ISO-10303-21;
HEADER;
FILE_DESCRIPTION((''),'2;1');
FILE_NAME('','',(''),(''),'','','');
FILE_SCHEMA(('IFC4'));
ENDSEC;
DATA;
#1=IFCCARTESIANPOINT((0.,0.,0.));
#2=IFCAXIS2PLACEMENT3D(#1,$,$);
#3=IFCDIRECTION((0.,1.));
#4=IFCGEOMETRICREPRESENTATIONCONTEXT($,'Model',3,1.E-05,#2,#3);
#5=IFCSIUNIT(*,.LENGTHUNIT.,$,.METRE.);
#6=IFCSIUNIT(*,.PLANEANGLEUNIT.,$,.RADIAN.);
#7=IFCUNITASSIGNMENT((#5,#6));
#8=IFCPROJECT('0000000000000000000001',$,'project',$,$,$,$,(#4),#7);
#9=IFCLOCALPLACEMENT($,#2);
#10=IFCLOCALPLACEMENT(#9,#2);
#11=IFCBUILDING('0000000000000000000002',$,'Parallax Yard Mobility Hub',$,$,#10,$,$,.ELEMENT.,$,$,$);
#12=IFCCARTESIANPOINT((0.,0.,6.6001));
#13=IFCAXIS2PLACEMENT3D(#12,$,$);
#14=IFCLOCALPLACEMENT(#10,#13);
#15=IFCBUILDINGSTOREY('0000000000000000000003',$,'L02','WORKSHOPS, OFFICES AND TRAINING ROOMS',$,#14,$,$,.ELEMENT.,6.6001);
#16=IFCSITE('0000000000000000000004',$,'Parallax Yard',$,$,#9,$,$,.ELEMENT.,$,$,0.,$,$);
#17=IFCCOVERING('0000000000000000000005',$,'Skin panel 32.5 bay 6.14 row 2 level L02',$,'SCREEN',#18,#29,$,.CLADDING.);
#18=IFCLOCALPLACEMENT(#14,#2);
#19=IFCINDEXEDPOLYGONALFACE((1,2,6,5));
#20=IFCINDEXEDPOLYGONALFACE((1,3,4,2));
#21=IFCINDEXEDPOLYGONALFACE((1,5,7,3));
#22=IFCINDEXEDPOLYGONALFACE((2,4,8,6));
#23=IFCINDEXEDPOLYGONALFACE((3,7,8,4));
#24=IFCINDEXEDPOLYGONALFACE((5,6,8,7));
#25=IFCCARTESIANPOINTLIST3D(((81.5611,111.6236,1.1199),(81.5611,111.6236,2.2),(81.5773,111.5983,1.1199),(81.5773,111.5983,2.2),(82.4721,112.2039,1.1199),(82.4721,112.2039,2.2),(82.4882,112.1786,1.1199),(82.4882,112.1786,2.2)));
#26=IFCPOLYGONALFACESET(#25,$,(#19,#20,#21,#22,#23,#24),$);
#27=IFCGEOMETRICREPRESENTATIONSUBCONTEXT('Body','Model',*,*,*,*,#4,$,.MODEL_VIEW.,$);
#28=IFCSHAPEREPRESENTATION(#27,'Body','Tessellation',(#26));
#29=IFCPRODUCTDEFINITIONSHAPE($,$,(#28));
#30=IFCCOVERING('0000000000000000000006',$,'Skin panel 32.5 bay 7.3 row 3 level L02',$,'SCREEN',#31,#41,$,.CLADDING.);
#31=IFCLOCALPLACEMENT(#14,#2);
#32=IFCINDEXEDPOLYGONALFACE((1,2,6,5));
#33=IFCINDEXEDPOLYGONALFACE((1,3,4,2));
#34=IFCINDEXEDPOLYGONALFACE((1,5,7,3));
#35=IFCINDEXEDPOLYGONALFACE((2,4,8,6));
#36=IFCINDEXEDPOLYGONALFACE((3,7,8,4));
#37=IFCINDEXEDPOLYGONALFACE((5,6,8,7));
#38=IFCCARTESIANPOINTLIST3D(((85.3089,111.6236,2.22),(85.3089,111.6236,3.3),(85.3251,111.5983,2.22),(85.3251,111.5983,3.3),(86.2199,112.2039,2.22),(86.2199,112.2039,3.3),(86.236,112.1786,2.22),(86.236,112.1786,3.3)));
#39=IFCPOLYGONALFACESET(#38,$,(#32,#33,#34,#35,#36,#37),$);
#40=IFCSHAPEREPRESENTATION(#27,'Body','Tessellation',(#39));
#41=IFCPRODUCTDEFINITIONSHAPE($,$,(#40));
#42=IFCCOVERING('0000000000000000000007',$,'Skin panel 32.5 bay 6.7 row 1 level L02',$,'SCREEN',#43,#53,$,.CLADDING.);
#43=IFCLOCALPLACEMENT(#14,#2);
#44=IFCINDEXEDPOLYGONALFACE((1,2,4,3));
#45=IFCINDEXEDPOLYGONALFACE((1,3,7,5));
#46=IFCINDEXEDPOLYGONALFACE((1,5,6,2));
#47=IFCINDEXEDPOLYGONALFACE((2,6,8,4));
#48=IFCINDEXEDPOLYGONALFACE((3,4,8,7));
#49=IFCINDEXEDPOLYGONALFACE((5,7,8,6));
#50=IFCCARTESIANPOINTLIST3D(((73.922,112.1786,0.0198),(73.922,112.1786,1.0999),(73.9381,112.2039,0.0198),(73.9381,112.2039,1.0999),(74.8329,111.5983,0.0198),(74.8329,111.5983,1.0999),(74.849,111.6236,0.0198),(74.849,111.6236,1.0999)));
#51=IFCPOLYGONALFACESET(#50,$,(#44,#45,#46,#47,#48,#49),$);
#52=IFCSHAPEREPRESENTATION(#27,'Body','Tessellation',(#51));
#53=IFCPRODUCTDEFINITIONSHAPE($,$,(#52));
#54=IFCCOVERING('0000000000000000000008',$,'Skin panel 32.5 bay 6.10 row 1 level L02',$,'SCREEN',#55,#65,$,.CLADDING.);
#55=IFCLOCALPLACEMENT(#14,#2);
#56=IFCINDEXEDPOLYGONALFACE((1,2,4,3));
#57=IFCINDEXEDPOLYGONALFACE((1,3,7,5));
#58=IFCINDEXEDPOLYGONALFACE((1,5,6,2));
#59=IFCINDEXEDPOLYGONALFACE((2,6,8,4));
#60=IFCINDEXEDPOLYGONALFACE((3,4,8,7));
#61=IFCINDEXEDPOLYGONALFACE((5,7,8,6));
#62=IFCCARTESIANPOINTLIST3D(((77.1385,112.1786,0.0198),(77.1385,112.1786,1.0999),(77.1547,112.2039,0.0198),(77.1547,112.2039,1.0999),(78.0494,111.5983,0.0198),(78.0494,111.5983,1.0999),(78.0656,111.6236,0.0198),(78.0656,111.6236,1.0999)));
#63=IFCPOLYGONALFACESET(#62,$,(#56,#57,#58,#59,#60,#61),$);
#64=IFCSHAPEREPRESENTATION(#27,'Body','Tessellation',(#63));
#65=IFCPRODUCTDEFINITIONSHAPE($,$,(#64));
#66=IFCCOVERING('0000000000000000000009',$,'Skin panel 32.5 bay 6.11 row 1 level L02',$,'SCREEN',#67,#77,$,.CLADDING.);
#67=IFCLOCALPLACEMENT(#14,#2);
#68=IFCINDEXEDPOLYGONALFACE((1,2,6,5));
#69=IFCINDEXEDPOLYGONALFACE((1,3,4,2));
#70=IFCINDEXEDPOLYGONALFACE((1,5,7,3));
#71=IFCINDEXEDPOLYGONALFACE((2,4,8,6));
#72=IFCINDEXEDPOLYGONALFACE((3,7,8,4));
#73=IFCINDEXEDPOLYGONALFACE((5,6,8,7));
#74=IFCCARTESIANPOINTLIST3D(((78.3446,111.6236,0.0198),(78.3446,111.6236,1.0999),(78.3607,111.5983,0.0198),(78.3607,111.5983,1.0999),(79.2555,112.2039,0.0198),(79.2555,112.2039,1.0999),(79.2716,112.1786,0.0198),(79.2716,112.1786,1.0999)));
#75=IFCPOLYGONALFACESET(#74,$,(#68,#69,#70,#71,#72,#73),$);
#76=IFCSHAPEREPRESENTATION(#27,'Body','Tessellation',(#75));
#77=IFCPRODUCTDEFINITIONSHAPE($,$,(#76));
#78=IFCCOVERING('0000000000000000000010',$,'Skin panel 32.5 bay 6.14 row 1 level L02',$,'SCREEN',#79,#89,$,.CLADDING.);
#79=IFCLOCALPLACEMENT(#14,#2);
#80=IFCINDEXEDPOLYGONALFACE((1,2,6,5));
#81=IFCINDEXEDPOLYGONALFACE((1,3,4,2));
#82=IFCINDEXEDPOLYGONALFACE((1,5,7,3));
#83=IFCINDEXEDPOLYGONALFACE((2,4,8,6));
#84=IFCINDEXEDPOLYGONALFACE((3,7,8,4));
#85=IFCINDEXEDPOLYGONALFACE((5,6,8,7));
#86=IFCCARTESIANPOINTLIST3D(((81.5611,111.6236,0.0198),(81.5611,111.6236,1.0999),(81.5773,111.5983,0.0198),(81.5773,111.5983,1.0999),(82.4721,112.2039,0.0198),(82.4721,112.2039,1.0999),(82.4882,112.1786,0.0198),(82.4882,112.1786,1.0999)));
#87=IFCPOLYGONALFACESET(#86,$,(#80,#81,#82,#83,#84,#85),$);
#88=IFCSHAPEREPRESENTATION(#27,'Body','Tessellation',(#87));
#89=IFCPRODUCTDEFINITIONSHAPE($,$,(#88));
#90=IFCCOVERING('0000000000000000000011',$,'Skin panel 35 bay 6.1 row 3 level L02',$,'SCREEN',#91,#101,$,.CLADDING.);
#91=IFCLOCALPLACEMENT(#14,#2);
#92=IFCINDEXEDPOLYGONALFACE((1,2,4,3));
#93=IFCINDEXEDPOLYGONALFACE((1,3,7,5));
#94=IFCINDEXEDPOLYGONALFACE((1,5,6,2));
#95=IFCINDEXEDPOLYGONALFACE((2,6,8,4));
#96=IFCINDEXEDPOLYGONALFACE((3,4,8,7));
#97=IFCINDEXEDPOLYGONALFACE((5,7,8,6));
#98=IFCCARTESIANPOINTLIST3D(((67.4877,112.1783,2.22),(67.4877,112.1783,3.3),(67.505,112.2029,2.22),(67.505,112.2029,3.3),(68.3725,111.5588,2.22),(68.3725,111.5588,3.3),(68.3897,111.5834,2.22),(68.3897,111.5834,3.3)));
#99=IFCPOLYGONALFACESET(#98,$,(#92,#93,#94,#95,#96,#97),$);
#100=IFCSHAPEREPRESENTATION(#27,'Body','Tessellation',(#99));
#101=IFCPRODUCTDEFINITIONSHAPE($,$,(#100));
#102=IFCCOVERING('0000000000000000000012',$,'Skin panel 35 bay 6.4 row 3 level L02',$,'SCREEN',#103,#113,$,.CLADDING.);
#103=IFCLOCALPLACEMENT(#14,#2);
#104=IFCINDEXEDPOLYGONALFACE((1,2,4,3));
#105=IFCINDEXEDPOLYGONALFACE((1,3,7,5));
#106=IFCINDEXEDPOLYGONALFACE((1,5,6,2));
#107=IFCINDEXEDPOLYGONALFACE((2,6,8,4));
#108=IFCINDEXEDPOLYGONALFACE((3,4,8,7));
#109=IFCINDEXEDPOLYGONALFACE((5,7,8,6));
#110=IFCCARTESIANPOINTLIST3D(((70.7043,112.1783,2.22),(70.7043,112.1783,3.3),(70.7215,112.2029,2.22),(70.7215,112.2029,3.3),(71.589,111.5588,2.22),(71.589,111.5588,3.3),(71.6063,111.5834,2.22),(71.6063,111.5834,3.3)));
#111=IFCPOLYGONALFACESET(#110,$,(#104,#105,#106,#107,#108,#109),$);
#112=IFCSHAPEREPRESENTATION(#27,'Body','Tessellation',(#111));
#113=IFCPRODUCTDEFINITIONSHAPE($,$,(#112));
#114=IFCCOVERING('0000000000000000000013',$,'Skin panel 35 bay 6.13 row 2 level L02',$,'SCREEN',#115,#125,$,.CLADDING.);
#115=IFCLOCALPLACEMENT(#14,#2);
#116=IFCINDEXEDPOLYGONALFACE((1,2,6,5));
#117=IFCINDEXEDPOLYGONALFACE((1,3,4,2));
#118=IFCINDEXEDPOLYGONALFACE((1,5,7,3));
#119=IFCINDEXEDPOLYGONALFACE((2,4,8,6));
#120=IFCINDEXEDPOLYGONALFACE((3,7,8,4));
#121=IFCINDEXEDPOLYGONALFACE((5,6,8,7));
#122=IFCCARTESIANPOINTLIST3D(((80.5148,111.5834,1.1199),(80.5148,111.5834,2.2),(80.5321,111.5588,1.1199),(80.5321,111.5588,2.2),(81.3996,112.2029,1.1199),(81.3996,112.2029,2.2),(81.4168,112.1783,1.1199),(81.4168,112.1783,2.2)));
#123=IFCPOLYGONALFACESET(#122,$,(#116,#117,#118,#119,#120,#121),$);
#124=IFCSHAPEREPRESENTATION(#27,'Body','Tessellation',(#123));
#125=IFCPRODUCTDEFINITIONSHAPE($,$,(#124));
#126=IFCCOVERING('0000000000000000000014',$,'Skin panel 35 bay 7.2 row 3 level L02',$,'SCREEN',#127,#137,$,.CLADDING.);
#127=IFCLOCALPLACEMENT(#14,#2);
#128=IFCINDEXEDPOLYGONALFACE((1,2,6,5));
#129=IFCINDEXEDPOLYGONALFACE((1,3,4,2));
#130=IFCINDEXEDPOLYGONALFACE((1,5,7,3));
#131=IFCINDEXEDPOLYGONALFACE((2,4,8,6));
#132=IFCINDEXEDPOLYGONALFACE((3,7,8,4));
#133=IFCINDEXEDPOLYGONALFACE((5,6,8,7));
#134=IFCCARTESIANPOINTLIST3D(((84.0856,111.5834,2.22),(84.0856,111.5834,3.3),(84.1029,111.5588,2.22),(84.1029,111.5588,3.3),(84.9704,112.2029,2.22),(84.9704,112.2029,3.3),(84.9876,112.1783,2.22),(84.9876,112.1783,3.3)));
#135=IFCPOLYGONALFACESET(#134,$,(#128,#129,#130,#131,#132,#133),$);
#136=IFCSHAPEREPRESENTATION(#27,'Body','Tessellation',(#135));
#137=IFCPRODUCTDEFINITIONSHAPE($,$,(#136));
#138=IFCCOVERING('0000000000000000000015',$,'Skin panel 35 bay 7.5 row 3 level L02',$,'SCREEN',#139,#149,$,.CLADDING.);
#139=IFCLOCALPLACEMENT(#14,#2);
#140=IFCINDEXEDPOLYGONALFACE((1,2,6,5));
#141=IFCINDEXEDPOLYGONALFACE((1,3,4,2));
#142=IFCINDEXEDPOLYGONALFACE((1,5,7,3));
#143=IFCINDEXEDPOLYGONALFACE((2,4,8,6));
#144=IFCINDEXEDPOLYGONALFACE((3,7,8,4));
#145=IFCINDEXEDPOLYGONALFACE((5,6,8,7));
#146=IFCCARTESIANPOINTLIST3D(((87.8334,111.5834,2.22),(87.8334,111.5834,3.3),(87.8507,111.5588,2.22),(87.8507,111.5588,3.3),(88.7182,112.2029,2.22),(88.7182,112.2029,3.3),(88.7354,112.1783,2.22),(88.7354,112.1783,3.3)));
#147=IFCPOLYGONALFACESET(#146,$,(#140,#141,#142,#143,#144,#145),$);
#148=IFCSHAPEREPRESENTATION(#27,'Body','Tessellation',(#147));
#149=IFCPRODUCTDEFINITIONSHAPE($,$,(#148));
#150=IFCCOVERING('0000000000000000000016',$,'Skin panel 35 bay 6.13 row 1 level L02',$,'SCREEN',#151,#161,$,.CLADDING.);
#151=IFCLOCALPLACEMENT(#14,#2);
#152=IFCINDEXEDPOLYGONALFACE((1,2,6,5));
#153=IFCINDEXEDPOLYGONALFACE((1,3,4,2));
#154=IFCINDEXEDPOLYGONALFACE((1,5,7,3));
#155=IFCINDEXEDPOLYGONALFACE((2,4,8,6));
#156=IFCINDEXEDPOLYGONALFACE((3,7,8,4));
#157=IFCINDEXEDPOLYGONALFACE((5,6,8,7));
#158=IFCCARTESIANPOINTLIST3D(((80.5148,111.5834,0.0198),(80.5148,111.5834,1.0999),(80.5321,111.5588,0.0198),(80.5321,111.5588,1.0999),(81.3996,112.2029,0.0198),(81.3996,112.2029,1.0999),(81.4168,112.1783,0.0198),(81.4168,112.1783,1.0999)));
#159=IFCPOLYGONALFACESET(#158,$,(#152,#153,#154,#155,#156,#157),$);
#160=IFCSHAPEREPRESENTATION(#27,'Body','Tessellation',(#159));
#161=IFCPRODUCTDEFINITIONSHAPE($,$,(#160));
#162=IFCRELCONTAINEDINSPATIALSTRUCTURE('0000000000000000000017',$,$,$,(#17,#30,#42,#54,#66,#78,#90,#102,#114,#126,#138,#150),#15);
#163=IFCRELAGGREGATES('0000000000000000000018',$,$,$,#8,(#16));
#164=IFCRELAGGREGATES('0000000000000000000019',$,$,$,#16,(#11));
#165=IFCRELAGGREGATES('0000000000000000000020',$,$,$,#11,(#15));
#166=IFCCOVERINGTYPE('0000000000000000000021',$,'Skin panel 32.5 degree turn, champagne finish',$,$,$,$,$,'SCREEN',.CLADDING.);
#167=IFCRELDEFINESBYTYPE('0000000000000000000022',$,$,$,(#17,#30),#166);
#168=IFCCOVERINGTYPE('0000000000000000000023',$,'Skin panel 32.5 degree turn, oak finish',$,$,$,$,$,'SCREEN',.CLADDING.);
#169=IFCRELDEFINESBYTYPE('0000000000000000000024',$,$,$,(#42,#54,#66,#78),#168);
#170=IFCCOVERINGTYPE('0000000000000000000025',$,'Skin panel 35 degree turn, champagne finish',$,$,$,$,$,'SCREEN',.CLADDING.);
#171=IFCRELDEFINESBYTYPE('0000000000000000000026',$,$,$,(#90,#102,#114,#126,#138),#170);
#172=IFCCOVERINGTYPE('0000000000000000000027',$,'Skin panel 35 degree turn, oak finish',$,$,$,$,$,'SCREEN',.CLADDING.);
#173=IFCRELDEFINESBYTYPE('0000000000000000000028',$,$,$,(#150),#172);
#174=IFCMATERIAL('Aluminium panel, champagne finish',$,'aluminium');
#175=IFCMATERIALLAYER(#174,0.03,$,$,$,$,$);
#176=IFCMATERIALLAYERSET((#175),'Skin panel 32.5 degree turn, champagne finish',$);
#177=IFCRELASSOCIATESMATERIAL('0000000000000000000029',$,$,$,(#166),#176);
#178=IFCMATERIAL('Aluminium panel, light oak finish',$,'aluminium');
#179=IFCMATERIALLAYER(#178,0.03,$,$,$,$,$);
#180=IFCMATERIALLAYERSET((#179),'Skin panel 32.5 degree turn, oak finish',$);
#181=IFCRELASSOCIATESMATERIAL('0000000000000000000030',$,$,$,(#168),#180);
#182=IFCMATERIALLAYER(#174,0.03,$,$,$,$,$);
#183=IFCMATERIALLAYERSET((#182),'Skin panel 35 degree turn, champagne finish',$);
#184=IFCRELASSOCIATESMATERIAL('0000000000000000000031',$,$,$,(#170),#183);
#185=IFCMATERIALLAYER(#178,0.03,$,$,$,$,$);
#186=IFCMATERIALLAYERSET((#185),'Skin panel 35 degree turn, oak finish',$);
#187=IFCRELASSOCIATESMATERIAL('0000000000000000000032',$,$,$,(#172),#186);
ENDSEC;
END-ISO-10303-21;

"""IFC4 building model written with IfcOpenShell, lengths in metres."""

from ifc_helpers import new_model, si_unit, direction, frame, origin, origin_2d, place, context, subcontext, project, spatial, rectangle, extrude, material, layer, layer_set, type_object, element, save


model = new_model("IFC4")

# Units and contexts
model_context = context("Model", 3, precision=1e-05, world=origin(), true_north=direction((0.0, 1.0)))
body_context = subcontext(model_context, "Body", "Model", "MODEL_VIEW")
ifc_project = project(units=[si_unit("LENGTHUNIT", "METRE"), si_unit("PLANEANGLEUNIT", "RADIAN")], contexts=[model_context])

# Site, building, storey
site_placement = place(None, origin())
site = spatial("IfcSite", under=ifc_project, at=site_placement, Name="Parallax Yard", CompositionType="ELEMENT", RefElevation=0.0)
building_placement = place(site_placement, origin())
building = spatial("IfcBuilding", under=site, at=building_placement, Name="Parallax Yard Mobility Hub", CompositionType="ELEMENT")
storey_placement = place(building_placement, frame((0.0, 0.0, 6.6001)))
storey = spatial("IfcBuildingStorey", under=building, at=storey_placement, Name="L02", Description="WORKSHOPS, OFFICES AND TRAINING ROOMS", CompositionType="ELEMENT", Elevation=6.6001)

# Coverings
ifc_material_1 = material(Name="Aluminium panel, champagne finish", Category="aluminium")
ifc_material_2 = material(Name="Aluminium panel, light oak finish", Category="aluminium")
ifc_layer_1 = layer(ifc_material_1, 0.03)
ifc_layer_set_1 = layer_set([ifc_layer_1], Name="Skin panel 32.5 degree turn, champagne finish")
covering_type_1 = type_object("IfcCoveringType", Name="Skin panel 32.5 degree turn, champagne finish", ElementType="SCREEN", PredefinedType="CLADDING", material=ifc_layer_set_1)
for number, where, z_axis, x_axis, name in (
    (1, (82.0247, 111.9011, 1.1199), (0.0, 0.0, 1.0), (-0.843391, -0.5373, 0.0), "Skin panel 32.5 bay 6.14 row 2 level L02"),
    (2, (85.7725, 111.9011, 2.22), (0.0, 0.0, 1.0), (-0.843391, -0.5373, 0.0), "Skin panel 32.5 bay 7.3 row 3 level L02"),
):
    element("IfcCovering", number, at=place(storey_placement, frame(where, z_axis=z_axis, x_axis=x_axis)), inside=storey, type_object=covering_type_1, Name=name, ObjectType="SCREEN", PredefinedType="CLADDING", context=body_context, shape_type="SweptSolid", body=[
        extrude(rectangle(XDim=1.0801, YDim=0.03, at=origin_2d()), origin(), (0.0, 0.0, 1.0), 1.0801),
    ])
ifc_layer_2 = layer(ifc_material_2, 0.03)
ifc_layer_set_2 = layer_set([ifc_layer_2], Name="Skin panel 32.5 degree turn, oak finish")
covering_type_2 = type_object("IfcCoveringType", Name="Skin panel 32.5 degree turn, oak finish", ElementType="SCREEN", PredefinedType="CLADDING", material=ifc_layer_set_2)
for number, where, z_axis, x_axis, name in (
    (3, (74.3855, 111.9011, 0.0198), (0.0, 0.0, 1.0), (0.843391, -0.5373, 0.0), "Skin panel 32.5 bay 6.7 row 1 level L02"),
    (4, (77.6021, 111.9011, 0.0198), (0.0, 0.0, 1.0), (0.843391, -0.5373, 0.0), "Skin panel 32.5 bay 6.10 row 1 level L02"),
    (5, (78.8081, 111.9011, 0.0198), (0.0, 0.0, 1.0), (-0.843391, -0.5373, 0.0), "Skin panel 32.5 bay 6.11 row 1 level L02"),
    (6, (82.0247, 111.9011, 0.0198), (0.0, 0.0, 1.0), (-0.843391, -0.5373, 0.0), "Skin panel 32.5 bay 6.14 row 1 level L02"),
):
    element("IfcCovering", number, at=place(storey_placement, frame(where, z_axis=z_axis, x_axis=x_axis)), inside=storey, type_object=covering_type_2, Name=name, ObjectType="SCREEN", PredefinedType="CLADDING", context=body_context, shape_type="SweptSolid", body=[
        extrude(rectangle(XDim=1.0801, YDim=0.03, at=origin_2d()), origin(), (0.0, 0.0, 1.0), 1.0801),
    ])
ifc_layer_3 = layer(ifc_material_1, 0.03)
ifc_layer_set_3 = layer_set([ifc_layer_3], Name="Skin panel 35 degree turn, champagne finish")
covering_type_3 = type_object("IfcCoveringType", Name="Skin panel 35 degree turn, champagne finish", ElementType="SCREEN", PredefinedType="CLADDING", material=ifc_layer_set_3)
for number, where, z_axis, x_axis, name in (
    (7, (67.9387, 111.8809, 2.22), (0.0, 0.0, 1.0), (0.819152, -0.573576, 0.0), "Skin panel 35 bay 6.1 row 3 level L02"),
    (8, (71.1553, 111.8809, 2.22), (0.0, 0.0, 1.0), (0.819152, -0.573576, 0.0), "Skin panel 35 bay 6.4 row 3 level L02"),
    (9, (80.9658, 111.8809, 1.1199), (0.0, 0.0, 1.0), (-0.819152, -0.573576, 0.0), "Skin panel 35 bay 6.13 row 2 level L02"),
    (10, (84.5366, 111.8809, 2.22), (0.0, 0.0, 1.0), (-0.819152, -0.573576, 0.0), "Skin panel 35 bay 7.2 row 3 level L02"),
    (11, (88.2844, 111.8809, 2.22), (0.0, 0.0, 1.0), (-0.819152, -0.573576, 0.0), "Skin panel 35 bay 7.5 row 3 level L02"),
):
    element("IfcCovering", number, at=place(storey_placement, frame(where, z_axis=z_axis, x_axis=x_axis)), inside=storey, type_object=covering_type_3, Name=name, ObjectType="SCREEN", PredefinedType="CLADDING", context=body_context, shape_type="SweptSolid", body=[
        extrude(rectangle(XDim=1.0801, YDim=0.03, at=origin_2d()), origin(), (0.0, 0.0, 1.0), 1.0801),
    ])
ifc_layer_4 = layer(ifc_material_2, 0.03)
ifc_layer_set_4 = layer_set([ifc_layer_4], Name="Skin panel 35 degree turn, oak finish")
covering_type_4 = type_object("IfcCoveringType", Name="Skin panel 35 degree turn, oak finish", ElementType="SCREEN", PredefinedType="CLADDING", material=ifc_layer_set_4)
covering_placement = place(storey_placement, frame((80.9658, 111.8809, 0.0198), z_axis=(0.0, 0.0, 1.0), x_axis=(-0.819152, -0.573576, 0.0)))
element("IfcCovering", 12, at=covering_placement, inside=storey, type_object=covering_type_4, Name="Skin panel 35 bay 6.13 row 1 level L02", ObjectType="SCREEN", PredefinedType="CLADDING", context=body_context, shape_type="SweptSolid", body=[
    extrude(rectangle(XDim=1.0801, YDim=0.03, at=origin_2d()), origin(), (0.0, 0.0, 1.0), 1.0801),
])

save(model, "model.ifc")
